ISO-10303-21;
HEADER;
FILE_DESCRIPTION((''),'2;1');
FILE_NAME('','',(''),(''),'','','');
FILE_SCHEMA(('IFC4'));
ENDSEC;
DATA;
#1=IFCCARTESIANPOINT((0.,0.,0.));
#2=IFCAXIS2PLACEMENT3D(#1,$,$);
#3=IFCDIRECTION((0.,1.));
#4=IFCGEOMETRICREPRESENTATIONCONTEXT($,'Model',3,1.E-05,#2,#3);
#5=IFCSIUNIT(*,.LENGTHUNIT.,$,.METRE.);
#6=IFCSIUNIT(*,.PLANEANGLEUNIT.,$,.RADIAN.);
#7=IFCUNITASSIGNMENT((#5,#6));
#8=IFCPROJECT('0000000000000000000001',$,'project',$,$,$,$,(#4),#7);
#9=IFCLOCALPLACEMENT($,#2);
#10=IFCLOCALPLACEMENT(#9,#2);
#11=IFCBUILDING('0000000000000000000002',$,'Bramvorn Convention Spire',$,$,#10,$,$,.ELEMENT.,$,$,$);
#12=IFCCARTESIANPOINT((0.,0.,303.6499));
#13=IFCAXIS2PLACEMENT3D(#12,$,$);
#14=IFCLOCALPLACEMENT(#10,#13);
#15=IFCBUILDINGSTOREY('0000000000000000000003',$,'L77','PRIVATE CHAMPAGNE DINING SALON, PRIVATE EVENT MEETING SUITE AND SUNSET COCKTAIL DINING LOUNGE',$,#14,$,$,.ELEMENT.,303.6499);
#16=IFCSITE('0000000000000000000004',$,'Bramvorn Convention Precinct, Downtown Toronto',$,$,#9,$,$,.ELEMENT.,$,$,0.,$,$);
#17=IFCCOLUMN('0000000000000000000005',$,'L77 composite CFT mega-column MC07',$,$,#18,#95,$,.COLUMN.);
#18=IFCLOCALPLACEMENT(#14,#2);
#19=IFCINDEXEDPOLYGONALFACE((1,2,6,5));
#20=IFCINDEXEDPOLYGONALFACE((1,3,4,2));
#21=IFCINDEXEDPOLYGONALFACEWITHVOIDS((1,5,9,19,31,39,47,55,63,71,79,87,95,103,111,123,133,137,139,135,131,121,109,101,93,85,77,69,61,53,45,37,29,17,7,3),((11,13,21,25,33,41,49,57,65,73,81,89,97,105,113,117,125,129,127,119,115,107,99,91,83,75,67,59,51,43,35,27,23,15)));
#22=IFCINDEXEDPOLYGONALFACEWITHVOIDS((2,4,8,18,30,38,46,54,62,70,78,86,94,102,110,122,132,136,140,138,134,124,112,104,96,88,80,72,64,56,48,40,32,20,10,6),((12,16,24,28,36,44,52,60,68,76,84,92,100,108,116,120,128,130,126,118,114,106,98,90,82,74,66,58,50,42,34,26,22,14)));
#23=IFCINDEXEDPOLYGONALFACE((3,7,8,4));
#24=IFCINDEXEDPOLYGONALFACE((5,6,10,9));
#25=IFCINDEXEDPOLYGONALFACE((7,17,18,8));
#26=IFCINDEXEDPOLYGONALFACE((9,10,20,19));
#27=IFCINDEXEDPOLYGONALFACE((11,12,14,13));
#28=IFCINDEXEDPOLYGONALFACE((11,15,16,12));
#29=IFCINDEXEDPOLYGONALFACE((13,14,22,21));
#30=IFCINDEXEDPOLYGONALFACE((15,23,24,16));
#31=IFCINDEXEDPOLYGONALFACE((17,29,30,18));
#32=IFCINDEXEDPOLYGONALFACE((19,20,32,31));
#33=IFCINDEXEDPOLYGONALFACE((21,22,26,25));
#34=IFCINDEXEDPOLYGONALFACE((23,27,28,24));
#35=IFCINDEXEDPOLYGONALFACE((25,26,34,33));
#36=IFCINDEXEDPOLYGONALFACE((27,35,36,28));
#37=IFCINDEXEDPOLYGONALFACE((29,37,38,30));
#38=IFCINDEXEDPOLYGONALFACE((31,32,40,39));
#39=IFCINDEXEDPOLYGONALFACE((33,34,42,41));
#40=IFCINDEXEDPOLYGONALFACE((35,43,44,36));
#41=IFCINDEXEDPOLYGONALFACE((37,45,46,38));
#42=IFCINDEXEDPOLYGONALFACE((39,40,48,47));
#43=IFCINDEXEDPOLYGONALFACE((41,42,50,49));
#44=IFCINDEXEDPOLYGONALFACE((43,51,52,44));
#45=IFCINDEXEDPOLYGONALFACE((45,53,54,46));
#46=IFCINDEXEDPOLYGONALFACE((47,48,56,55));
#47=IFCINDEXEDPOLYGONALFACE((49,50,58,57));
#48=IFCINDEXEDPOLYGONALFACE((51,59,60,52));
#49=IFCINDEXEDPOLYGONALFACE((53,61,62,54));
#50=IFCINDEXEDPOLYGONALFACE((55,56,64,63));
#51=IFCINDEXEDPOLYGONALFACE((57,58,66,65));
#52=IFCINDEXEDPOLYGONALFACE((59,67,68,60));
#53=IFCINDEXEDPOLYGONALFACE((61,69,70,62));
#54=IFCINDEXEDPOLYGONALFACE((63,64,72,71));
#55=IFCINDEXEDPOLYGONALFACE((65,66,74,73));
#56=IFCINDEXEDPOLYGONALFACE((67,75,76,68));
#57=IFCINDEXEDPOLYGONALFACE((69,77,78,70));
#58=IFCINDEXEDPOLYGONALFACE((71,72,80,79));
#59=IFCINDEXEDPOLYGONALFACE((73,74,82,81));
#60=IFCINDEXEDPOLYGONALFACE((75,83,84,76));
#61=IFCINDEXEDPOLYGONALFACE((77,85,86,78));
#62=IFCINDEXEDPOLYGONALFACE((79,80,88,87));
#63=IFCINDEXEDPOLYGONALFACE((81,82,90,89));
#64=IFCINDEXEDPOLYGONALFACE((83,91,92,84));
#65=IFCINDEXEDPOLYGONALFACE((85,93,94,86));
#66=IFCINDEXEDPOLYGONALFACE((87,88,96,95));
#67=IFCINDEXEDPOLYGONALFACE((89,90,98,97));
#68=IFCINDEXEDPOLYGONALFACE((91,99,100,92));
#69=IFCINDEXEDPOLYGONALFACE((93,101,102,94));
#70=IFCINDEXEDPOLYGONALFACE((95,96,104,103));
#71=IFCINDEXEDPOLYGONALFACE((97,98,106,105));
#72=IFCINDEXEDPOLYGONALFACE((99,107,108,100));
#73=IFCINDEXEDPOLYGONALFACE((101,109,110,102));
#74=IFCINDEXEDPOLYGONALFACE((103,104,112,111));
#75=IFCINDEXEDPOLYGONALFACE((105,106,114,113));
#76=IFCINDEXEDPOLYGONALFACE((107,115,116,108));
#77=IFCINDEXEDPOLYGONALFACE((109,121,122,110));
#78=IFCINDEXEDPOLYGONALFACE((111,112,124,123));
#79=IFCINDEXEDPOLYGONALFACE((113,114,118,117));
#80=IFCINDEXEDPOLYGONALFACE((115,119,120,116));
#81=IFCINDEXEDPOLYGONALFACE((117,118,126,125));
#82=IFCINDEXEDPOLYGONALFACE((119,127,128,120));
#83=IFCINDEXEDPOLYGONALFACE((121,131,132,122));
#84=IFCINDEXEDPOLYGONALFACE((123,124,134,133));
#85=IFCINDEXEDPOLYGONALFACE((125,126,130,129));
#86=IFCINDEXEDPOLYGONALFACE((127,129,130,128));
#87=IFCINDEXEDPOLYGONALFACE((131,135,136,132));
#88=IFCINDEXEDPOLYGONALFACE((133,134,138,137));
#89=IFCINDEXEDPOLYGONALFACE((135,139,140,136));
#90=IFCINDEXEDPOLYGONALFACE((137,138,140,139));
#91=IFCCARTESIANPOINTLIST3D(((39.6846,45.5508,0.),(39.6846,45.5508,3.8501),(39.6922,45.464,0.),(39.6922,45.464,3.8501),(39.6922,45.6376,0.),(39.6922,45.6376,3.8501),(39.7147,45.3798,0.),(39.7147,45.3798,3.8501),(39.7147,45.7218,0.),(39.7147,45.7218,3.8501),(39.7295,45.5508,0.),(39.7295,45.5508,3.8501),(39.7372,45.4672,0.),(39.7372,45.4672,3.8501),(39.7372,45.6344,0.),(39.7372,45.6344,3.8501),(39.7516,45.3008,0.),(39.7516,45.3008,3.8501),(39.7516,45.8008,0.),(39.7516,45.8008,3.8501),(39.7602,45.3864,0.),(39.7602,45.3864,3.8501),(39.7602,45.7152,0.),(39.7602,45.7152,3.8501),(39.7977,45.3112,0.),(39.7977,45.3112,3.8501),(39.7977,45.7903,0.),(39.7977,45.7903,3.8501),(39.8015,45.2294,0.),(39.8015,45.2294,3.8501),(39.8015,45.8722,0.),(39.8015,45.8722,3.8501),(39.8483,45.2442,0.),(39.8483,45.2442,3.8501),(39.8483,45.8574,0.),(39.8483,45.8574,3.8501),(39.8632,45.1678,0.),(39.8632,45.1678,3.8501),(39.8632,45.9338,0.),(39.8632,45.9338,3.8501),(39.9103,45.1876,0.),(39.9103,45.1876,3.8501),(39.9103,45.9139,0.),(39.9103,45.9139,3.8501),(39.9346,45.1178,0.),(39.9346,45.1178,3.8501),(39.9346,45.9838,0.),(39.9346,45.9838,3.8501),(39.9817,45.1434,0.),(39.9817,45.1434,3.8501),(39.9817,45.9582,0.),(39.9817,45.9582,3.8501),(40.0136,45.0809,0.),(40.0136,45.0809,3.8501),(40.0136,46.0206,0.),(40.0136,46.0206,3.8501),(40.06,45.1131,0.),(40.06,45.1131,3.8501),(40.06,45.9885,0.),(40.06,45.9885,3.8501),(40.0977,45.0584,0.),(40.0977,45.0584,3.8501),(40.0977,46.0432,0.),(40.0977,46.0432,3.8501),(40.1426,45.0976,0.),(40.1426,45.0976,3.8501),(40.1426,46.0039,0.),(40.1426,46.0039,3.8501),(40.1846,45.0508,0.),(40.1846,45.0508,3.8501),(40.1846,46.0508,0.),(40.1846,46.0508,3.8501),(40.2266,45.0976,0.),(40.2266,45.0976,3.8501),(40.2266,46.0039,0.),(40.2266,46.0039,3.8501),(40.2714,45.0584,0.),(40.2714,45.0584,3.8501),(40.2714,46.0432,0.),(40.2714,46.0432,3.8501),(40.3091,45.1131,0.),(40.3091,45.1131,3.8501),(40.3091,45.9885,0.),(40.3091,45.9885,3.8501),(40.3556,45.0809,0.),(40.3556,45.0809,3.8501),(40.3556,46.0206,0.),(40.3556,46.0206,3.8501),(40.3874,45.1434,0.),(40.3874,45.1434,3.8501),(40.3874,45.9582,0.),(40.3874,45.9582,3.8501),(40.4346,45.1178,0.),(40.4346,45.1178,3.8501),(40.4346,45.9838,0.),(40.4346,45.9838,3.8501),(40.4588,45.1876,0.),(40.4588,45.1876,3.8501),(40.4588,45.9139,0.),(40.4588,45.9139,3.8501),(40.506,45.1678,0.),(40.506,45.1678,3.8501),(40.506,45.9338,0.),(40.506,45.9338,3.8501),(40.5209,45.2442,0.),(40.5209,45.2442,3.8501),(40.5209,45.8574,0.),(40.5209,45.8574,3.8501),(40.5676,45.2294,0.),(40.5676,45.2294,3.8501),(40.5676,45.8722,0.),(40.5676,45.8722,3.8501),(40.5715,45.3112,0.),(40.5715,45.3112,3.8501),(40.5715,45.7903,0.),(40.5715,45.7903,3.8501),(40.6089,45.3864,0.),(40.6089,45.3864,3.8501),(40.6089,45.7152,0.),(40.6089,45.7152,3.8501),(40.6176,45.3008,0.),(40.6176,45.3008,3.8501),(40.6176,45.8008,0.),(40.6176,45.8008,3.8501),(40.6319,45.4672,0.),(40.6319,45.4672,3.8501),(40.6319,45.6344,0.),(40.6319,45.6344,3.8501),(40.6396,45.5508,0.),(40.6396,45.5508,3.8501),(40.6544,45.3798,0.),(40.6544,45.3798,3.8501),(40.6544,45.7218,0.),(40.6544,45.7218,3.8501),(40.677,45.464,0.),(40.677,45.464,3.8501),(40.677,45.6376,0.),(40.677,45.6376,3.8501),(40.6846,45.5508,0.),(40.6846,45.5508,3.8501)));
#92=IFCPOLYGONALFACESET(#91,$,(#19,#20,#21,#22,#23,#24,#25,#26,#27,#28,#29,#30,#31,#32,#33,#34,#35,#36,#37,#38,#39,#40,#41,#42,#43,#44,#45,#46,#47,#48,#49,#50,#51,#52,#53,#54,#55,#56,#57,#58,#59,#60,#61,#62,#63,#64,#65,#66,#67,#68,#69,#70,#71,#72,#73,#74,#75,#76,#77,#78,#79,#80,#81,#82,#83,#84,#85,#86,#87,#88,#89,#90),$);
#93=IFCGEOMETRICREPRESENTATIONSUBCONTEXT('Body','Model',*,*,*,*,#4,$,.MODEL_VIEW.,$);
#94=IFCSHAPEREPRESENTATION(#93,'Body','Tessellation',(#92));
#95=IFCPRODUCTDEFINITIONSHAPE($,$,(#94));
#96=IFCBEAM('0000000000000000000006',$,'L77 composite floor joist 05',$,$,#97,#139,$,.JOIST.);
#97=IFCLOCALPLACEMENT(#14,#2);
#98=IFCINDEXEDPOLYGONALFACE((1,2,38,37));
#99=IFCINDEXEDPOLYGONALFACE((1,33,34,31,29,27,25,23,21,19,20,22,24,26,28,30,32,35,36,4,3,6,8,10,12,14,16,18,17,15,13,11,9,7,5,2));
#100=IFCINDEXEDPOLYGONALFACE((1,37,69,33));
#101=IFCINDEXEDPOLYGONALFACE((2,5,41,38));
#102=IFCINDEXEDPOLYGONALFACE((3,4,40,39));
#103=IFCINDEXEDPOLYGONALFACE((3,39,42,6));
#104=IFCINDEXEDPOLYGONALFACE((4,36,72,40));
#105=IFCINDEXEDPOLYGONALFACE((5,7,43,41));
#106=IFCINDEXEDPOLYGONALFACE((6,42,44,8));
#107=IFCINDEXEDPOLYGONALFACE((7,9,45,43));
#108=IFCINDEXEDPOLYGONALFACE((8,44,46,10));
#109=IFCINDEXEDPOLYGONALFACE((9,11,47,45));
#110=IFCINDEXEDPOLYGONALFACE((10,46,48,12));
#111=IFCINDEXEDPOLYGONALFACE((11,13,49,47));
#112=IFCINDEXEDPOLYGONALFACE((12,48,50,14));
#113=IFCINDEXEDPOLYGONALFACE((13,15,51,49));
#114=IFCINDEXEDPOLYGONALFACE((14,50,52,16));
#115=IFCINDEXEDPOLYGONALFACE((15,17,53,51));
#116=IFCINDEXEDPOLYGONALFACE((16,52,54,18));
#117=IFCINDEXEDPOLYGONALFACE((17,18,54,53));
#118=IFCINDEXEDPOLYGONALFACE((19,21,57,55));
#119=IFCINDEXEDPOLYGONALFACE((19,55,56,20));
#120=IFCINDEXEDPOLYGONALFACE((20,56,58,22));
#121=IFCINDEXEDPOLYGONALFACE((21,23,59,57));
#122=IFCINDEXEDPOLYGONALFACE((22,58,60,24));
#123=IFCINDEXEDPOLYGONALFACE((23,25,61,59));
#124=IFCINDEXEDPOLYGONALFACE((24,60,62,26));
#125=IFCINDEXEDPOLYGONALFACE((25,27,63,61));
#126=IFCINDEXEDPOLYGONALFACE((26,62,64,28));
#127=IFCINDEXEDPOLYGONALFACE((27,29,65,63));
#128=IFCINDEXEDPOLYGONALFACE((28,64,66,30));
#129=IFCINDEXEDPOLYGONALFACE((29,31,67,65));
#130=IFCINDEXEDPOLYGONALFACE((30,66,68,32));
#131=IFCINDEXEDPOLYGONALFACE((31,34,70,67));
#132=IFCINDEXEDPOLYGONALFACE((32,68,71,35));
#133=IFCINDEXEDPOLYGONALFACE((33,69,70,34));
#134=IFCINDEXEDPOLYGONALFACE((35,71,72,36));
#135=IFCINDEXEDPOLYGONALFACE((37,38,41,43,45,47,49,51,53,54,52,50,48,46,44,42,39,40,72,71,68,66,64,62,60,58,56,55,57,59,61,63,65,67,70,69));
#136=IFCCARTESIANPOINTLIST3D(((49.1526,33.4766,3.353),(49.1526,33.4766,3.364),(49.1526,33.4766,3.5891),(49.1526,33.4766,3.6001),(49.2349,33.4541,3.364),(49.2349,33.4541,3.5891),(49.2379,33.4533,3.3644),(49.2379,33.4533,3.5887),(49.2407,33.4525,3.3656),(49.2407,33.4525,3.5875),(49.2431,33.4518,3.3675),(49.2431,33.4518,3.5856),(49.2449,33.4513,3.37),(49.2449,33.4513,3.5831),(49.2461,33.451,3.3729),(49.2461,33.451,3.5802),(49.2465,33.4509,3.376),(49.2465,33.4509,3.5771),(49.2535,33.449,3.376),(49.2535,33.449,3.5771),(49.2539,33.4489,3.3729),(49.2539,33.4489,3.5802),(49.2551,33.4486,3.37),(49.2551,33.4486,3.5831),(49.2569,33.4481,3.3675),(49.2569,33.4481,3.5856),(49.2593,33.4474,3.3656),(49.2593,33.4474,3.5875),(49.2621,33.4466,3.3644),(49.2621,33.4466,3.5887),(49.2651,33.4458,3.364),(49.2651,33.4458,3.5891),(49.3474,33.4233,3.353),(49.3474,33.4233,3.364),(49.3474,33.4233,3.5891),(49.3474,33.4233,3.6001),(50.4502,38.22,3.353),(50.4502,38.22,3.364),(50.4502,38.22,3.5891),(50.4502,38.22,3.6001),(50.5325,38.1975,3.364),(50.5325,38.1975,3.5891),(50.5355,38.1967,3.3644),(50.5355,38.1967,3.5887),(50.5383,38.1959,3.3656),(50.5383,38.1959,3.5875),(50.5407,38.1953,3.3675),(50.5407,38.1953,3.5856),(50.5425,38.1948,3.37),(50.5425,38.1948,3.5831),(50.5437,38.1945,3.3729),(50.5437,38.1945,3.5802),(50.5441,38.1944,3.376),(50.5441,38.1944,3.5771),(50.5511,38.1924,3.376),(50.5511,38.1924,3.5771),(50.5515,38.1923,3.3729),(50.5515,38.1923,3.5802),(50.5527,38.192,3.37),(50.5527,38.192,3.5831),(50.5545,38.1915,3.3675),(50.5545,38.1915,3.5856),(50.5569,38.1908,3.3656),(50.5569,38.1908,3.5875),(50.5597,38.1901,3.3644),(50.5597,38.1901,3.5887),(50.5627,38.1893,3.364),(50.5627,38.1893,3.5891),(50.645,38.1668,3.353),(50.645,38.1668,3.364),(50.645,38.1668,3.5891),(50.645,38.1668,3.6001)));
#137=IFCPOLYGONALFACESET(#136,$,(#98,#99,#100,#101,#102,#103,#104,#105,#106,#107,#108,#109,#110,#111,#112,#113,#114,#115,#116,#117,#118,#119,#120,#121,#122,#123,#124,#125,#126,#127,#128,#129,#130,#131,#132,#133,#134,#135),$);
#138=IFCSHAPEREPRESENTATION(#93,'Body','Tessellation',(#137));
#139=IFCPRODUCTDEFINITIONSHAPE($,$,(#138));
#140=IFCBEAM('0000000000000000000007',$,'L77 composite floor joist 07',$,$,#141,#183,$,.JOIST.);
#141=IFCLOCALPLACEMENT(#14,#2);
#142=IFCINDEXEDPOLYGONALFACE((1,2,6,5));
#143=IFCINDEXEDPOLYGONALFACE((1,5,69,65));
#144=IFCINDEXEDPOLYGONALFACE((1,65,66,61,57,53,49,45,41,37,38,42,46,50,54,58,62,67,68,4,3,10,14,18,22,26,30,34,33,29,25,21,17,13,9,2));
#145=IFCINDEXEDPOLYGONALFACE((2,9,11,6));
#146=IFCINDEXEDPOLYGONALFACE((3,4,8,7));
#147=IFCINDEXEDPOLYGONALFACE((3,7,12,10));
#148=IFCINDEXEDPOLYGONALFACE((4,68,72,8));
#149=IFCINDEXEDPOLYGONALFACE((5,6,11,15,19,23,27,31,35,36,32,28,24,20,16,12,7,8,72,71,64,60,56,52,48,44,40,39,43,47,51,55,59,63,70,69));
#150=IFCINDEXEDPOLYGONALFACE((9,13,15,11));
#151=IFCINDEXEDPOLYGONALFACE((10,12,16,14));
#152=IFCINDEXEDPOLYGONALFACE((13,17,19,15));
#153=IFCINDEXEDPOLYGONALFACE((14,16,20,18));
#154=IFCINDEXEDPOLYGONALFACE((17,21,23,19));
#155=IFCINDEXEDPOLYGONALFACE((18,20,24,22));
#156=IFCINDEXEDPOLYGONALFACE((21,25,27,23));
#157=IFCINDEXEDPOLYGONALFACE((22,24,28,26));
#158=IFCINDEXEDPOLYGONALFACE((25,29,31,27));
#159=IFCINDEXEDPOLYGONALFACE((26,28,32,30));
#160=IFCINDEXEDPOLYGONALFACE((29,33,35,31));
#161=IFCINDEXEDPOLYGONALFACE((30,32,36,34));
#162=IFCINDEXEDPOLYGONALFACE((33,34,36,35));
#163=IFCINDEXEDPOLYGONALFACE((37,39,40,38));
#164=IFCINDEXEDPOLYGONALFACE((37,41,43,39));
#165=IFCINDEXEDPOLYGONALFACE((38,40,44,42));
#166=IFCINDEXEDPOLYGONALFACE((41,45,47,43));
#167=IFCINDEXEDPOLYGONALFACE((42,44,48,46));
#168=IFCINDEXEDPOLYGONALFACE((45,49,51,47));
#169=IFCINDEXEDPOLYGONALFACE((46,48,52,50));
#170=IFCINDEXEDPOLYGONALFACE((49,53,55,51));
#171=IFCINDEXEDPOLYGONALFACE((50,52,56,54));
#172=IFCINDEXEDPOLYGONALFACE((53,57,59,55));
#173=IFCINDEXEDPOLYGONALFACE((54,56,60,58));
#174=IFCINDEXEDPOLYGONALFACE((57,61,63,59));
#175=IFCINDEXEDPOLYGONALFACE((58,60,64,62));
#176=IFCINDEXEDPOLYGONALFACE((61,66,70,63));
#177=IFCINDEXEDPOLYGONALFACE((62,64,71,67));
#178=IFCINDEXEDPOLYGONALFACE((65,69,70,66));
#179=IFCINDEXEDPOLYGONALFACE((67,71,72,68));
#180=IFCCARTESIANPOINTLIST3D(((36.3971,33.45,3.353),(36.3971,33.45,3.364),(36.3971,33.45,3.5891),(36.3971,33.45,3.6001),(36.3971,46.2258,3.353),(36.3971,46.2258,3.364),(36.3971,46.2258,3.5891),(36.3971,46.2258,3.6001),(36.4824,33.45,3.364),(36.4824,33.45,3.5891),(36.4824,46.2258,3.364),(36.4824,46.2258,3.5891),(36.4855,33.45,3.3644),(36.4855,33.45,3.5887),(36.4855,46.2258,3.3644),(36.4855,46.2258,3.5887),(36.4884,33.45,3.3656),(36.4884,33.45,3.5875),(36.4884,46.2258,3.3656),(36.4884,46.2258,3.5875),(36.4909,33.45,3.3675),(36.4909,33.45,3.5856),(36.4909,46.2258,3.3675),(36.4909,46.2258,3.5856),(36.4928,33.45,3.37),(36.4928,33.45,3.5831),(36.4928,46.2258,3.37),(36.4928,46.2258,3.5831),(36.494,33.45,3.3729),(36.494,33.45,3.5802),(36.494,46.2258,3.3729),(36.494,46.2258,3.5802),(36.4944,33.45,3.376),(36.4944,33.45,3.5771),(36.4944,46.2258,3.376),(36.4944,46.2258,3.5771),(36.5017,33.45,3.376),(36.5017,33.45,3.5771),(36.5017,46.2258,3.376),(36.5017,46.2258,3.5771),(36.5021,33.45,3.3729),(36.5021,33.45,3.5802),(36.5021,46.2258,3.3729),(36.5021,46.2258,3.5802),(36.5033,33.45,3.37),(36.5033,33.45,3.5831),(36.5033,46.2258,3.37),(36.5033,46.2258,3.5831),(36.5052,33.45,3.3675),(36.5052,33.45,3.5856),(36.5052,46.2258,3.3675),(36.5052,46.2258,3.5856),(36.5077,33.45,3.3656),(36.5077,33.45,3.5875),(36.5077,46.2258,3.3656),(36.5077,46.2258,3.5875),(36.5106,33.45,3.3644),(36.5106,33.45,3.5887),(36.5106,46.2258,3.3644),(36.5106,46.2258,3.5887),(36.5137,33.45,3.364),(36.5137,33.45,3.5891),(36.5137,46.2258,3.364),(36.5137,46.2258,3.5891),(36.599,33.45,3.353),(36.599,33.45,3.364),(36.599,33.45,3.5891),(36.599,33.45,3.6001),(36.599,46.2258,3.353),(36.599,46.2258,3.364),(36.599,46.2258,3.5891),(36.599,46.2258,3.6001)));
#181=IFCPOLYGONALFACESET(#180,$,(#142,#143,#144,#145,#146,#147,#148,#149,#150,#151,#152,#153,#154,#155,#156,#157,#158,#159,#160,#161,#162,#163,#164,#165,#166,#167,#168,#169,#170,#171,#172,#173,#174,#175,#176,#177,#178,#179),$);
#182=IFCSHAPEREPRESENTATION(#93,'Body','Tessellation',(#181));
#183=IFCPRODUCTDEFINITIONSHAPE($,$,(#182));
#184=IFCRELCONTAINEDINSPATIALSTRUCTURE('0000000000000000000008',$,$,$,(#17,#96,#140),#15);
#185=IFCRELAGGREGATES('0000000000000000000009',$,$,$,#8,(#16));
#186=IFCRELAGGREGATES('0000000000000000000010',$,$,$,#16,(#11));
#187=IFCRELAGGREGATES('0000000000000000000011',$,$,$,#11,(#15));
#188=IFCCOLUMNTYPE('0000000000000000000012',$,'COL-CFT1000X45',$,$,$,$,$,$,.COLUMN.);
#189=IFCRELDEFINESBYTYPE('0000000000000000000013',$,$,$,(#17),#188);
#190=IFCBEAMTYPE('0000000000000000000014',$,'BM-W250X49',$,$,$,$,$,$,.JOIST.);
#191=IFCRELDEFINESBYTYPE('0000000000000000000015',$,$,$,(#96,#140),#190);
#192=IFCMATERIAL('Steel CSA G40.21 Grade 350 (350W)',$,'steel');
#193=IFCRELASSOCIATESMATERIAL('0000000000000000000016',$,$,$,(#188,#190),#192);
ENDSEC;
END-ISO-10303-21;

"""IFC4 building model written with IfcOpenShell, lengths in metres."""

from ifc_helpers import new_model, si_unit, direction, frame, origin, origin_2d, place, context, subcontext, project, spatial, hollow_circle, i_section, extrude, material, material_profile, profile_set, type_object, element, save


model = new_model("IFC4")

# Units and contexts
model_context = context("Model", 3, precision=1e-05, world=origin(), true_north=direction((0.0, 1.0)))
body_context = subcontext(model_context, "Body", "Model", "MODEL_VIEW")
ifc_project = project(units=[si_unit("LENGTHUNIT", "METRE"), si_unit("PLANEANGLEUNIT", "RADIAN")], contexts=[model_context])

# Site, building, storey
site_placement = place(None, origin())
site = spatial("IfcSite", under=ifc_project, at=site_placement, Name="Bramvorn Convention Precinct, Downtown Toronto", CompositionType="ELEMENT", RefElevation=0.0)
building_placement = place(site_placement, origin())
building = spatial("IfcBuilding", under=site, at=building_placement, Name="Bramvorn Convention Spire", CompositionType="ELEMENT")
storey_placement = place(building_placement, frame((0.0, 0.0, 303.6499)))
storey = spatial("IfcBuildingStorey", under=building, at=storey_placement, Name="L77", Description="PRIVATE CHAMPAGNE DINING SALON, PRIVATE EVENT MEETING SUITE AND SUNSET COCKTAIL DINING LOUNGE", CompositionType="ELEMENT", Elevation=303.6499)

# Column
ifc_material_1 = material(Name="Steel CSA G40.21 Grade 350 (350W)", Category="steel")
ifc_material_profile_1 = material_profile(ifc_material_1, hollow_circle(Radius=0.5, WallThickness=0.0449, at=origin_2d()))
ifc_profile_set_1 = profile_set([ifc_material_profile_1], Name="Steel CSA G40.21 Grade 350 (350W) - CFT1000X45")
column_type = type_object("IfcColumnType", Name="COL-CFT1000X45", PredefinedType="COLUMN", material=ifc_profile_set_1)
for number, where, z_axis, x_axis, name in (
    (1, (40.1846, 45.5508, 0.0), (0.0, 0.0, 1.0), (1.0, 0.0, 0.0), "L77 composite CFT mega-column MC07"),
):
    element("IfcColumn", number, at=place(storey_placement, frame(where, z_axis=z_axis, x_axis=x_axis)), inside=storey, type_object=column_type, Name=name, PredefinedType="COLUMN", context=body_context, shape_type="SweptSolid", body=[
        extrude(hollow_circle(Radius=0.5, WallThickness=0.0449, at=origin_2d()), origin(), (0.0, 0.0, 1.0), 3.8501),
    ])

# Beams
ifc_material_profile_2 = material_profile(ifc_material_1, i_section(OverallWidth=0.2019, OverallDepth=0.2471, WebThickness=0.0073, FlangeThickness=0.011, FilletRadius=0.012, at=origin_2d()))
ifc_profile_set_2 = profile_set([ifc_material_profile_2], Name="Steel CSA G40.21 Grade 350 (350W) - W250X49")
beam_type_1 = type_object("IfcBeamType", Name="BM-W250X49", PredefinedType="JOIST", material=ifc_profile_set_2)
beam_1_placement = place(storey_placement, frame((49.25, 33.45, 3.4766), z_axis=(0.263865, 0.96456, 0.0), x_axis=(-0.96456, 0.263865, 0.0)))
element("IfcBeam", 2, at=beam_1_placement, inside=storey, type_object=beam_type_1, Name="L77 composite floor joist 05", PredefinedType="JOIST", context=body_context, shape_type="SweptSolid", body=[
    extrude(i_section(OverallWidth=0.2019, OverallDepth=0.2471, WebThickness=0.0073, FlangeThickness=0.011, FilletRadius=0.012, at=origin_2d()), origin(), (0.0, 0.0, 1.0), 4.9177),
])
beam_2_placement = place(storey_placement, frame((36.498, 33.45, 3.4766), z_axis=(0.0, 1.0, 0.0), x_axis=(-1.0, 0.0, 0.0)))
element("IfcBeam", 3, at=beam_2_placement, inside=storey, type_object=beam_type_1, Name="L77 composite floor joist 07", PredefinedType="JOIST", context=body_context, shape_type="SweptSolid", body=[
    extrude(i_section(OverallWidth=0.2019, OverallDepth=0.2471, WebThickness=0.0073, FlangeThickness=0.011, FilletRadius=0.012, at=origin_2d()), origin(), (0.0, 0.0, 1.0), 12.7759),
])

save(model, "model.ifc")
